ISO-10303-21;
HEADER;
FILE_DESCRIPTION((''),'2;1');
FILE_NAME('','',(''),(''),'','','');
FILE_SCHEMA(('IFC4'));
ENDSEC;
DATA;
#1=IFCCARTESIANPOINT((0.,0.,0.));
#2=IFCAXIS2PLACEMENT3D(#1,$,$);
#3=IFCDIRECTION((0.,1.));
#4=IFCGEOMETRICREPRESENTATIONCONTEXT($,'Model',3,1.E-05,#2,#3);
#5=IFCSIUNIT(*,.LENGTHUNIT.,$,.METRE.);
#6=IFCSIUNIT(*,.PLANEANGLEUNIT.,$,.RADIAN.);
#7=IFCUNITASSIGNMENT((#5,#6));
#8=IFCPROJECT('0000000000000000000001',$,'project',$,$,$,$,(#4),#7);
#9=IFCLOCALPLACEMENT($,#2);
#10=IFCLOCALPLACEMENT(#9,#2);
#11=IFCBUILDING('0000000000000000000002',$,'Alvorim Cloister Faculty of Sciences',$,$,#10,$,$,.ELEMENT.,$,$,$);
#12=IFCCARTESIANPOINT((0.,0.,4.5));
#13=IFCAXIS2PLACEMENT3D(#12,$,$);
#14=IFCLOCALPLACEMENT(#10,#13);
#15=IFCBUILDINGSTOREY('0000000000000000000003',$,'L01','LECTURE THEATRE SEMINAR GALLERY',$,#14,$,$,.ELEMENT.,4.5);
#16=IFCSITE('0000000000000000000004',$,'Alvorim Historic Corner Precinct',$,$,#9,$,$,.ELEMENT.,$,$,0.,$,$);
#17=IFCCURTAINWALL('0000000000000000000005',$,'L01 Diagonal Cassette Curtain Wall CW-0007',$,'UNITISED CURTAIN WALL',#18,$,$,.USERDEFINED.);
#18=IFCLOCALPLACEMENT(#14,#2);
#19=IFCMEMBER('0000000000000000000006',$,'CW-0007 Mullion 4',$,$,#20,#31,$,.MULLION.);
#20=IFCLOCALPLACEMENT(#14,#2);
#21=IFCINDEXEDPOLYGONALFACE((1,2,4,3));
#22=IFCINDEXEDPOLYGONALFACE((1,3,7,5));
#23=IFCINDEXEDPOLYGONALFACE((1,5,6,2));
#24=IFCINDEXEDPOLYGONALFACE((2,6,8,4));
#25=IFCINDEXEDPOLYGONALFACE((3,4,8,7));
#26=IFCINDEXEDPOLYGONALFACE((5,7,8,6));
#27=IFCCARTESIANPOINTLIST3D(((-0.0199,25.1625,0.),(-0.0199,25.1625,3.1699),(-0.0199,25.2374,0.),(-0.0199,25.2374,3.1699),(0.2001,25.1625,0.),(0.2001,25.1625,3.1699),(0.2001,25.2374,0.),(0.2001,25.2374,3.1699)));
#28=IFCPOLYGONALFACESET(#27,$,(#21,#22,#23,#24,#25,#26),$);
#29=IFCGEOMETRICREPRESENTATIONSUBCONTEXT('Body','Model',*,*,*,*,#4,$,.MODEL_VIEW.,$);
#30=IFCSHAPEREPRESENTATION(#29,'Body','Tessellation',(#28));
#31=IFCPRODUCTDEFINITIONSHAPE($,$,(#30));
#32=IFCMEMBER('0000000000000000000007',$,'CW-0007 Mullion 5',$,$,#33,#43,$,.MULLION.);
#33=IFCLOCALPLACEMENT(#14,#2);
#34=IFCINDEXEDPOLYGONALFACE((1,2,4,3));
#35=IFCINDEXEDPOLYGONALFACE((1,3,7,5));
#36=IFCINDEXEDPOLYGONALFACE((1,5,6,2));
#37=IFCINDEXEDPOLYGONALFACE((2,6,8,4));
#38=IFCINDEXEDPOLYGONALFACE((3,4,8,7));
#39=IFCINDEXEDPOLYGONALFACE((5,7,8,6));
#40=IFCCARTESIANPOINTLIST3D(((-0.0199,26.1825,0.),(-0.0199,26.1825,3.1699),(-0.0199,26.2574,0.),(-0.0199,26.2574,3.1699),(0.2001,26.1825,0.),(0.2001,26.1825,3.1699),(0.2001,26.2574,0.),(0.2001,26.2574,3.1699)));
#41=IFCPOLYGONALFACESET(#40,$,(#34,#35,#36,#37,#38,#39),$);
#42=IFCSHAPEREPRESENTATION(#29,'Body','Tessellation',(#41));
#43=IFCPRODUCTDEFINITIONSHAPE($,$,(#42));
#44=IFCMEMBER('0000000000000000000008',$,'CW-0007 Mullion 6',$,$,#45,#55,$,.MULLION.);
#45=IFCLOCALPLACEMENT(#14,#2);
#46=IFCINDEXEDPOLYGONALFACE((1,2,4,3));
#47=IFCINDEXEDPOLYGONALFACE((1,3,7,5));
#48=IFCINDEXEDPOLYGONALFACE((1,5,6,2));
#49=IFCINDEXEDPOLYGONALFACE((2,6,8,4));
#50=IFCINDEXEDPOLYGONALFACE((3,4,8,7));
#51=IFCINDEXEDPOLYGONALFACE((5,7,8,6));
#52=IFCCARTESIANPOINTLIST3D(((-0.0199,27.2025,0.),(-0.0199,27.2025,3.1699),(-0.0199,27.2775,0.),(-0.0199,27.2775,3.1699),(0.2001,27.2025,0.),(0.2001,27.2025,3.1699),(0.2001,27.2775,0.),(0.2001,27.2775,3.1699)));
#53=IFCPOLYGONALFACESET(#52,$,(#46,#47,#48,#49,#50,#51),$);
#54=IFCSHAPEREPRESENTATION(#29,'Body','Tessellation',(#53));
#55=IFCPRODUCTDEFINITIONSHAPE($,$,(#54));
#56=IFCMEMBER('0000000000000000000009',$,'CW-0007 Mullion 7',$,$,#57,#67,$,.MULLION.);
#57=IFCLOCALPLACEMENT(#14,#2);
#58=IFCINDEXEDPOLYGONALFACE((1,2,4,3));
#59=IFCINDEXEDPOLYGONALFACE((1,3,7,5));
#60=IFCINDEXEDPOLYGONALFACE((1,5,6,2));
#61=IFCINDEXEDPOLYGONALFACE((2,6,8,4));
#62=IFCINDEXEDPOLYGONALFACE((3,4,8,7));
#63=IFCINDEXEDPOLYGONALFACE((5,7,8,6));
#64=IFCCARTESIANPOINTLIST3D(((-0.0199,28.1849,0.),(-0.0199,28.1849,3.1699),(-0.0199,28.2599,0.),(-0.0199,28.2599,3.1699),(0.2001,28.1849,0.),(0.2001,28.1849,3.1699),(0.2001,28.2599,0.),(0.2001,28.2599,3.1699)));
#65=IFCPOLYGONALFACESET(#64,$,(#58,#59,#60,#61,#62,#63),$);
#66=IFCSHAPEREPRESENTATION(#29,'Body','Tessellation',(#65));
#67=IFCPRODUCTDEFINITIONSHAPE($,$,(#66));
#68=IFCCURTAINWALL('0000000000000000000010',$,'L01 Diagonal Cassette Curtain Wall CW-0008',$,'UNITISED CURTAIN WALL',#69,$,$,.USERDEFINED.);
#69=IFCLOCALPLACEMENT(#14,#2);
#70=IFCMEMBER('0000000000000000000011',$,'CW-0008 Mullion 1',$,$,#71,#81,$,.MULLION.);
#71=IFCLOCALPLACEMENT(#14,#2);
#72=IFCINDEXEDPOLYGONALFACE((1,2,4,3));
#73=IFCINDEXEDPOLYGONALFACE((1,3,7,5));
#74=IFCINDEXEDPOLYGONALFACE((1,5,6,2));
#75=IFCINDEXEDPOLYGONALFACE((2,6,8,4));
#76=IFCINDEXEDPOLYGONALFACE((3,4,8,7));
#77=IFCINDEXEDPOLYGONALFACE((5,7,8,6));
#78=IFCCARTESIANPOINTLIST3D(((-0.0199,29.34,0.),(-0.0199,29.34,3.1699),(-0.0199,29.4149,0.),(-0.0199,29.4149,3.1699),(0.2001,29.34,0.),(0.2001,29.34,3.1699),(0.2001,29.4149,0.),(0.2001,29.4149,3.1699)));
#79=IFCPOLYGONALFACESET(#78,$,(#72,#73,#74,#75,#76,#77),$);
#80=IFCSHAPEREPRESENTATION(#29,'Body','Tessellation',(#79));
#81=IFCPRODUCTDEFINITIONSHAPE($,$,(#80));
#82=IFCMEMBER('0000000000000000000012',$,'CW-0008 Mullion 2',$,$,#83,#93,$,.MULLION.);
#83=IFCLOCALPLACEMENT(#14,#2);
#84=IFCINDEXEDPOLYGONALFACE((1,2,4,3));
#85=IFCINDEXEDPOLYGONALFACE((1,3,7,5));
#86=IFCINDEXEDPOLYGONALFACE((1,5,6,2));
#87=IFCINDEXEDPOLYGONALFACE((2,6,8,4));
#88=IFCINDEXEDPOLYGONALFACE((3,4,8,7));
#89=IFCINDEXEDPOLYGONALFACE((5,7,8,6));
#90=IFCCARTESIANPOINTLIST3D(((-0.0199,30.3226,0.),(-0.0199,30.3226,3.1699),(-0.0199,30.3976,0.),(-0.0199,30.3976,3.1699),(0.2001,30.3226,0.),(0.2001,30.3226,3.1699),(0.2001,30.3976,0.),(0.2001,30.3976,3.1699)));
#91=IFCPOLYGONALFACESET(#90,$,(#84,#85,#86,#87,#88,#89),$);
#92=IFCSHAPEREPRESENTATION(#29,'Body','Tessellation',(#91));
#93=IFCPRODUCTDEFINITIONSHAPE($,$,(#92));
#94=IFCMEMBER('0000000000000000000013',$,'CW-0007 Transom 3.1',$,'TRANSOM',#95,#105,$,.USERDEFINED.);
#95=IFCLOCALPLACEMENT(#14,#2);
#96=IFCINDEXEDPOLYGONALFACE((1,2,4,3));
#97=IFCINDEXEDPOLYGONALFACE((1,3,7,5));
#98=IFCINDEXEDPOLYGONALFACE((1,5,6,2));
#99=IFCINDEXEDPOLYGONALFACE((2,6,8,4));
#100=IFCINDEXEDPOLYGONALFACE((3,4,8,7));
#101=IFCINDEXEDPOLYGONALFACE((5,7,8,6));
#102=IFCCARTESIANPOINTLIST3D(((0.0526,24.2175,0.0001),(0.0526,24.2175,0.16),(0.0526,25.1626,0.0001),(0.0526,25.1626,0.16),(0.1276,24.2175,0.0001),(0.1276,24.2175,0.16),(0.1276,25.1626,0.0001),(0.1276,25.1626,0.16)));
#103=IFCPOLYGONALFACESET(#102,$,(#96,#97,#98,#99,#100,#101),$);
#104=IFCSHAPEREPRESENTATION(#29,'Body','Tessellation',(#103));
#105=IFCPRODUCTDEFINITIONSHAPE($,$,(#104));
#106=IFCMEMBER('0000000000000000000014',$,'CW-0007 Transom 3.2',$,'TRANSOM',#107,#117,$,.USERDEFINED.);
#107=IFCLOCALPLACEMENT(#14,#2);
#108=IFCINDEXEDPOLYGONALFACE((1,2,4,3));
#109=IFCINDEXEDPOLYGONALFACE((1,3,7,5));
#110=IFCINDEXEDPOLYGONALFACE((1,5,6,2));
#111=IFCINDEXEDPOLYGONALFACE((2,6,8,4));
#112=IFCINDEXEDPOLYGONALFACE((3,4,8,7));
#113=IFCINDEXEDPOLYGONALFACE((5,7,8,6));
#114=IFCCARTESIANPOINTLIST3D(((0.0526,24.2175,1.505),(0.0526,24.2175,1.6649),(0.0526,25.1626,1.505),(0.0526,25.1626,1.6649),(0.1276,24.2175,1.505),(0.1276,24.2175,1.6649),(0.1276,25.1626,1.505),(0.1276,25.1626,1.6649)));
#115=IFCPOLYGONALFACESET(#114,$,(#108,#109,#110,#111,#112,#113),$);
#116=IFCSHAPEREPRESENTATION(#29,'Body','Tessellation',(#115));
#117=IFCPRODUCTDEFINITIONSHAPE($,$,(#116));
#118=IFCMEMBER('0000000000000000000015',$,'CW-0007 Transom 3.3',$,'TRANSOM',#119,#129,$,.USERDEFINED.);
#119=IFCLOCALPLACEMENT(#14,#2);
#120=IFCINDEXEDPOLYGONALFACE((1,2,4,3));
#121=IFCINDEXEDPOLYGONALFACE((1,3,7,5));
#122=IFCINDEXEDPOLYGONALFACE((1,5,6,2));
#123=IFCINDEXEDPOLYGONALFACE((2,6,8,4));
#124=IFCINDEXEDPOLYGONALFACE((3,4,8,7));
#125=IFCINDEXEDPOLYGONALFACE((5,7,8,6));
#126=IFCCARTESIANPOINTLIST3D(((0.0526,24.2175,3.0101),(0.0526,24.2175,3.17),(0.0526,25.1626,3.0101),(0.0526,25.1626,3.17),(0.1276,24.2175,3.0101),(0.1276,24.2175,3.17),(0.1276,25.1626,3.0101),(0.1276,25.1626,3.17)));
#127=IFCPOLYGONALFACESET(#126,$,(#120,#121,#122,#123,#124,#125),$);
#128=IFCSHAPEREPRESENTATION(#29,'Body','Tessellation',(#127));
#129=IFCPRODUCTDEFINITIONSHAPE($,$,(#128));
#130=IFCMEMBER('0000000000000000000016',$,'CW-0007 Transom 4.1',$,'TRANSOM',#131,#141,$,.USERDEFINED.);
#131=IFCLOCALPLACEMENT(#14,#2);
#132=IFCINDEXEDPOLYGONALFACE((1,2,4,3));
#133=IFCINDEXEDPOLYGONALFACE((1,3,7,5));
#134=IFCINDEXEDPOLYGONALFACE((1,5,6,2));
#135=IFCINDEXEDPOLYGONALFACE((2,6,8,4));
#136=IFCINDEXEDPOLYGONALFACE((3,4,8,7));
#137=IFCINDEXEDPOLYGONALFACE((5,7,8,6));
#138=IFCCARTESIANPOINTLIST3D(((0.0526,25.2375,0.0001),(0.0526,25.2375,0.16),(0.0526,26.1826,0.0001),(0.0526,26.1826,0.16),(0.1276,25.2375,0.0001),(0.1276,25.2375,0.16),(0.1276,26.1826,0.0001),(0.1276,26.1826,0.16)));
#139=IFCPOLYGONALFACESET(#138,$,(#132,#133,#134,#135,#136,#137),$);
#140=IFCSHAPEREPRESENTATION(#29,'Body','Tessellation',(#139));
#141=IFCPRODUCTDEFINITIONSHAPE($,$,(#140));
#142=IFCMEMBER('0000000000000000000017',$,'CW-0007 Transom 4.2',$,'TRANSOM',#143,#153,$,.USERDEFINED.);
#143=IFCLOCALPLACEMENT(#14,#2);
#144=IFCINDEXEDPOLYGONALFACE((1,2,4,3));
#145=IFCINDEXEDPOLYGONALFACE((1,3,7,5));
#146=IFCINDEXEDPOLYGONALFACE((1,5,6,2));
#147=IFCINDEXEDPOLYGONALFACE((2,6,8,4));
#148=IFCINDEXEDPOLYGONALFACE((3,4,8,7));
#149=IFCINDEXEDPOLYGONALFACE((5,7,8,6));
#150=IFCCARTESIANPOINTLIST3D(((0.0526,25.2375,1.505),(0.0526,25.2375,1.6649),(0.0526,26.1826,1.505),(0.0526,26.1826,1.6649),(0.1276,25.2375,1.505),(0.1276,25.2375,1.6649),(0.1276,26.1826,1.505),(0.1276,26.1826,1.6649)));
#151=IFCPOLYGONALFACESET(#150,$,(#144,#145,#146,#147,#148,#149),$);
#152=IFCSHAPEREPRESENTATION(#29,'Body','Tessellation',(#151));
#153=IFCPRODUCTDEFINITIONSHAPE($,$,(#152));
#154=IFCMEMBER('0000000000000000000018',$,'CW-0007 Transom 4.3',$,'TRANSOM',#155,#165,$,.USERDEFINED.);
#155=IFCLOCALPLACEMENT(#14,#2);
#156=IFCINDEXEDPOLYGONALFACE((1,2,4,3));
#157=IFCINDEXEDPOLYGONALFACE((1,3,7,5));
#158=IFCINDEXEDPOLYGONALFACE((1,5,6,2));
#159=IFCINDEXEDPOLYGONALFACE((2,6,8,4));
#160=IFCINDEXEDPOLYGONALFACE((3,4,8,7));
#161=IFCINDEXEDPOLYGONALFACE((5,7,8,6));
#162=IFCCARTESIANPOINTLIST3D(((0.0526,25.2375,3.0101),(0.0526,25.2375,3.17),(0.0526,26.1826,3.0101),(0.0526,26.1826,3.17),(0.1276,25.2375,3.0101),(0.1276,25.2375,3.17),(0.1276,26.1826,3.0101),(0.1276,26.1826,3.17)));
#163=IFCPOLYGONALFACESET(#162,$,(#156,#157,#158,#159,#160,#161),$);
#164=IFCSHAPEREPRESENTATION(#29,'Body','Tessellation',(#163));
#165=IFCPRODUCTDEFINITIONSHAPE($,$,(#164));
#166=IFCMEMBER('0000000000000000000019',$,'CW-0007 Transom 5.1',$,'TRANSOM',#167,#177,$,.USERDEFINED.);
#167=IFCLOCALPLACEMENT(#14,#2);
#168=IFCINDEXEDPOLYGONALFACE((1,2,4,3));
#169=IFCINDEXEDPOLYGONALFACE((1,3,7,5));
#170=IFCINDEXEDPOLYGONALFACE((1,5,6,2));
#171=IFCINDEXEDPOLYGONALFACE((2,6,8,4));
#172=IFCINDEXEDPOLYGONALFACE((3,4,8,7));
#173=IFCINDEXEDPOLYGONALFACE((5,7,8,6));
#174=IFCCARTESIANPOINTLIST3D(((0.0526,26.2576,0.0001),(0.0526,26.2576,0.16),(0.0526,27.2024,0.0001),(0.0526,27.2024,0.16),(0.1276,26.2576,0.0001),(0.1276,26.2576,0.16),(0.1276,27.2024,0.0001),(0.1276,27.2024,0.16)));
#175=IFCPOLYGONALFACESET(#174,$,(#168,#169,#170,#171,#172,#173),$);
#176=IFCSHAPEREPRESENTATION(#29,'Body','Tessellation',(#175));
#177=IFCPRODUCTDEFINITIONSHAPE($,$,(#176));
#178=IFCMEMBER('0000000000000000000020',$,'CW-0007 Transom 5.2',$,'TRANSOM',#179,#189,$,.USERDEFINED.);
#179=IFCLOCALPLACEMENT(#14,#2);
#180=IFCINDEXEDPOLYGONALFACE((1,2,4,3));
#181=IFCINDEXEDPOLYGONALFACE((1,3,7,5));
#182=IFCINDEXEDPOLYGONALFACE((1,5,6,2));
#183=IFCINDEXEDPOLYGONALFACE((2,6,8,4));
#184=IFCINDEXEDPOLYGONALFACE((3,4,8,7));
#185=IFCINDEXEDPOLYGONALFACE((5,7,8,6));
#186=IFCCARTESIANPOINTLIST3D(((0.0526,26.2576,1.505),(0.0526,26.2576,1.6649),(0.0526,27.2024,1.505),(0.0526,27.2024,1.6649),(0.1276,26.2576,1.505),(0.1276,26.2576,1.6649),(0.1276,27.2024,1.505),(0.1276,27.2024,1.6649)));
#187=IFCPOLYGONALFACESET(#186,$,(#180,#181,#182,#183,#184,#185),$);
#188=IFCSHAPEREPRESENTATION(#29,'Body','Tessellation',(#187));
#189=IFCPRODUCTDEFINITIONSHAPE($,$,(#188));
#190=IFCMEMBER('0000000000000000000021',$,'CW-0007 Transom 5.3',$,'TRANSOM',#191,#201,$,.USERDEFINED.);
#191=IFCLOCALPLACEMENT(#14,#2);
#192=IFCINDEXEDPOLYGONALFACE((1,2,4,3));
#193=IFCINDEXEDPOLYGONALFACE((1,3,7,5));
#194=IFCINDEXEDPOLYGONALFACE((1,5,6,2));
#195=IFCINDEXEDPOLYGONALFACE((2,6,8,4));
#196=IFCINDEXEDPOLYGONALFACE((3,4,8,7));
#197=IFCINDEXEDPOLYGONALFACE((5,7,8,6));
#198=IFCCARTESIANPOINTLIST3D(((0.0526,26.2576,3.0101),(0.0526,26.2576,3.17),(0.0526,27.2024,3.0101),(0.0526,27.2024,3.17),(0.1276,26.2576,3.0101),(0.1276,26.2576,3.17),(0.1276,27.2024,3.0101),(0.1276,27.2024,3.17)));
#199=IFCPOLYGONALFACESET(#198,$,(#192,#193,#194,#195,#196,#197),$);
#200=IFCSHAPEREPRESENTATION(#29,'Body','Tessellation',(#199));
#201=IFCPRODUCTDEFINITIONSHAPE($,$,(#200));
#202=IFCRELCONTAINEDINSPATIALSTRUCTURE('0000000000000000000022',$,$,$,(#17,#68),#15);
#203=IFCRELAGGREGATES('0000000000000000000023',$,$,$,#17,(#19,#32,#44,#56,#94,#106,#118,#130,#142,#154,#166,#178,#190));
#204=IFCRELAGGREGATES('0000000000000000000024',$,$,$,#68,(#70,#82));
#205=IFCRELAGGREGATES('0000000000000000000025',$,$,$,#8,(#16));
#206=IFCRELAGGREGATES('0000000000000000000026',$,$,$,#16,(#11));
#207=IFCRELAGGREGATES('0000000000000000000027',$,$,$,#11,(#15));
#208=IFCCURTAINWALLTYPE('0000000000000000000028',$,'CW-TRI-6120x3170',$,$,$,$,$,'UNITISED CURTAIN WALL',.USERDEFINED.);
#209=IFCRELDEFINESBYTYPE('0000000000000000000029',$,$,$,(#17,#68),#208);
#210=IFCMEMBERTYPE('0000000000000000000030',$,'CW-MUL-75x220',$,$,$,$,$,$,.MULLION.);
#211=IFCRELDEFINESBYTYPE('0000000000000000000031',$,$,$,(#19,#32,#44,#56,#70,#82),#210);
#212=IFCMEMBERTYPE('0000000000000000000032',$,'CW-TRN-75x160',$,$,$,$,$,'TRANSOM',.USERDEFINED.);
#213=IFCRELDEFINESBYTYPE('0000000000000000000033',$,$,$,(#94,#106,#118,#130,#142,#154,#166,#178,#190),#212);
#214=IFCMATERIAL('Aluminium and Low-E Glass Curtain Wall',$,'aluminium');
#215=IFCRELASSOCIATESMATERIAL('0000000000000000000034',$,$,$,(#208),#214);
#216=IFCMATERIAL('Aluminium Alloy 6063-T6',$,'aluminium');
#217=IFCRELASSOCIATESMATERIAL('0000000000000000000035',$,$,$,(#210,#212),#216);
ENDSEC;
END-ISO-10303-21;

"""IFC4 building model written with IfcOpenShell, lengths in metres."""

from ifc_helpers import new_model, si_unit, direction, frame, origin, origin_2d, place, context, subcontext, project, spatial, rectangle, extrude, material, material_profile, profile_set, type_object, element, aggregate, save


model = new_model("IFC4")

# Units and contexts
model_context = context("Model", 3, precision=1e-05, world=origin(), true_north=direction((0.0, 1.0)))
body_context = subcontext(model_context, "Body", "Model", "MODEL_VIEW")
ifc_project = project(units=[si_unit("LENGTHUNIT", "METRE"), si_unit("PLANEANGLEUNIT", "RADIAN")], contexts=[model_context])

# Site, building, storey
site_placement = place(None, origin())
site = spatial("IfcSite", under=ifc_project, at=site_placement, Name="Alvorim Historic Corner Precinct", CompositionType="ELEMENT", RefElevation=0.0)
building_placement = place(site_placement, origin())
building = spatial("IfcBuilding", under=site, at=building_placement, Name="Alvorim Cloister Faculty of Sciences", CompositionType="ELEMENT")
storey_placement = place(building_placement, frame((0.0, 0.0, 4.5)))
storey = spatial("IfcBuildingStorey", under=building, at=storey_placement, Name="L01", Description="LECTURE THEATRE SEMINAR GALLERY", CompositionType="ELEMENT", Elevation=4.5)

# Curtain walls, members
ifc_material_1 = material(Name="Aluminium and Low-E Glass Curtain Wall", Category="aluminium")
curtain_wall_type = type_object("IfcCurtainWallType", Name="CW-TRI-6120x3170", ElementType="UNITISED CURTAIN WALL", PredefinedType="USERDEFINED", material=ifc_material_1)
curtain_wall_1_placement = place(storey_placement, origin())
curtain_wall_1 = element("IfcCurtainWall", 1, at=curtain_wall_1_placement, inside=storey, type_object=curtain_wall_type, Name="L01 Diagonal Cassette Curtain Wall CW-0007", ObjectType="UNITISED CURTAIN WALL", PredefinedType="USERDEFINED")
ifc_material_2 = material(Name="Aluminium Alloy 6063-T6", Category="aluminium")
ifc_material_profile_1 = material_profile(ifc_material_2, rectangle(XDim=0.075, YDim=0.22, at=origin_2d()), Name="ALU-MUL-75x220")
ifc_profile_set_1 = profile_set([ifc_material_profile_1], Name="Aluminium Alloy 6063-T6")
member_type_1 = type_object("IfcMemberType", Name="CW-MUL-75x220", PredefinedType="MULLION", material=ifc_profile_set_1)
member_1_placement = place(storey_placement, frame((0.0901, 25.2, 0.0), z_axis=(0.0, 0.0, 1.0), x_axis=(0.0, 1.0, 0.0)))
member_1 = element("IfcMember", 2, at=member_1_placement, type_object=member_type_1, Name="CW-0007 Mullion 4", PredefinedType="MULLION", context=body_context, shape_type="SweptSolid", body=[
    extrude(rectangle(XDim=0.075, YDim=0.22, at=origin_2d()), origin(), (0.0, 0.0, 1.0), 3.1699),
])
member_2_placement = place(storey_placement, frame((0.0901, 26.22, 0.0), z_axis=(0.0, 0.0, 1.0), x_axis=(0.0, 1.0, 0.0)))
member_2 = element("IfcMember", 3, at=member_2_placement, type_object=member_type_1, Name="CW-0007 Mullion 5", PredefinedType="MULLION", context=body_context, shape_type="SweptSolid", body=[
    extrude(rectangle(XDim=0.075, YDim=0.22, at=origin_2d()), origin(), (0.0, 0.0, 1.0), 3.1699),
])
member_3_placement = place(storey_placement, frame((0.0901, 27.24, 0.0), z_axis=(0.0, 0.0, 1.0), x_axis=(0.0, 1.0, 0.0)))
member_3 = element("IfcMember", 4, at=member_3_placement, type_object=member_type_1, Name="CW-0007 Mullion 6", PredefinedType="MULLION", context=body_context, shape_type="SweptSolid", body=[
    extrude(rectangle(XDim=0.075, YDim=0.22, at=origin_2d()), origin(), (0.0, 0.0, 1.0), 3.1699),
])
member_4_placement = place(storey_placement, frame((0.0901, 28.2224, 0.0), z_axis=(0.0, 0.0, 1.0), x_axis=(0.0, 1.0, 0.0)))
member_4 = element("IfcMember", 5, at=member_4_placement, type_object=member_type_1, Name="CW-0007 Mullion 7", PredefinedType="MULLION", context=body_context, shape_type="SweptSolid", body=[
    extrude(rectangle(XDim=0.075, YDim=0.22, at=origin_2d()), origin(), (0.0, 0.0, 1.0), 3.1699),
])
curtain_wall_2_placement = place(storey_placement, origin())
curtain_wall_2 = element("IfcCurtainWall", 6, at=curtain_wall_2_placement, inside=storey, type_object=curtain_wall_type, Name="L01 Diagonal Cassette Curtain Wall CW-0008", ObjectType="UNITISED CURTAIN WALL", PredefinedType="USERDEFINED")
member_5_placement = place(storey_placement, frame((0.0901, 29.3774, 0.0), z_axis=(0.0, 0.0, 1.0), x_axis=(0.0, 1.0, 0.0)))
member_5 = element("IfcMember", 7, at=member_5_placement, type_object=member_type_1, Name="CW-0008 Mullion 1", PredefinedType="MULLION", context=body_context, shape_type="SweptSolid", body=[
    extrude(rectangle(XDim=0.075, YDim=0.22, at=origin_2d()), origin(), (0.0, 0.0, 1.0), 3.1699),
])
member_6_placement = place(storey_placement, frame((0.0901, 30.3601, 0.0), z_axis=(0.0, 0.0, 1.0), x_axis=(0.0, 1.0, 0.0)))
member_6 = element("IfcMember", 8, at=member_6_placement, type_object=member_type_1, Name="CW-0008 Mullion 2", PredefinedType="MULLION", context=body_context, shape_type="SweptSolid", body=[
    extrude(rectangle(XDim=0.075, YDim=0.22, at=origin_2d()), origin(), (0.0, 0.0, 1.0), 3.1699),
])

# Members
ifc_material_profile_2 = material_profile(ifc_material_2, rectangle(XDim=0.075, YDim=0.1599, at=origin_2d()), Name="ALU-TRN-75x160")
ifc_profile_set_2 = profile_set([ifc_material_profile_2], Name="Aluminium Alloy 6063-T6")
member_type_2 = type_object("IfcMemberType", Name="CW-TRN-75x160", ElementType="TRANSOM", PredefinedType="USERDEFINED", material=ifc_profile_set_2)
member_7_placement = place(storey_placement, frame((0.0901, 24.2175, 0.0801), z_axis=(0.0, 1.0, 0.0), x_axis=(-1.0, 0.0, 0.0)))
member_7 = element("IfcMember", 9, at=member_7_placement, type_object=member_type_2, Name="CW-0007 Transom 3.1", ObjectType="TRANSOM", PredefinedType="USERDEFINED", context=body_context, shape_type="SweptSolid", body=[
    extrude(rectangle(XDim=0.075, YDim=0.1599, at=origin_2d()), origin(), (0.0, 0.0, 1.0), 0.9451),
])
member_8_placement = place(storey_placement, frame((0.0901, 24.2175, 1.585), z_axis=(0.0, 1.0, 0.0), x_axis=(-1.0, 0.0, 0.0)))
member_8 = element("IfcMember", 10, at=member_8_placement, type_object=member_type_2, Name="CW-0007 Transom 3.2", ObjectType="TRANSOM", PredefinedType="USERDEFINED", context=body_context, shape_type="SweptSolid", body=[
    extrude(rectangle(XDim=0.075, YDim=0.1599, at=origin_2d()), origin(), (0.0, 0.0, 1.0), 0.9451),
])
member_9_placement = place(storey_placement, frame((0.0901, 24.2175, 3.0901), z_axis=(0.0, 1.0, 0.0), x_axis=(-1.0, 0.0, 0.0)))
member_9 = element("IfcMember", 11, at=member_9_placement, type_object=member_type_2, Name="CW-0007 Transom 3.3", ObjectType="TRANSOM", PredefinedType="USERDEFINED", context=body_context, shape_type="SweptSolid", body=[
    extrude(rectangle(XDim=0.075, YDim=0.1599, at=origin_2d()), origin(), (0.0, 0.0, 1.0), 0.9451),
])
member_10_placement = place(storey_placement, frame((0.0901, 25.2375, 0.0801), z_axis=(0.0, 1.0, 0.0), x_axis=(-1.0, 0.0, 0.0)))
member_10 = element("IfcMember", 12, at=member_10_placement, type_object=member_type_2, Name="CW-0007 Transom 4.1", ObjectType="TRANSOM", PredefinedType="USERDEFINED", context=body_context, shape_type="SweptSolid", body=[
    extrude(rectangle(XDim=0.075, YDim=0.1599, at=origin_2d()), origin(), (0.0, 0.0, 1.0), 0.9451),
])
member_11_placement = place(storey_placement, frame((0.0901, 25.2375, 1.585), z_axis=(0.0, 1.0, 0.0), x_axis=(-1.0, 0.0, 0.0)))
member_11 = element("IfcMember", 13, at=member_11_placement, type_object=member_type_2, Name="CW-0007 Transom 4.2", ObjectType="TRANSOM", PredefinedType="USERDEFINED", context=body_context, shape_type="SweptSolid", body=[
    extrude(rectangle(XDim=0.075, YDim=0.1599, at=origin_2d()), origin(), (0.0, 0.0, 1.0), 0.9451),
])
member_12_placement = place(storey_placement, frame((0.0901, 25.2375, 3.0901), z_axis=(0.0, 1.0, 0.0), x_axis=(-1.0, 0.0, 0.0)))
member_12 = element("IfcMember", 14, at=member_12_placement, type_object=member_type_2, Name="CW-0007 Transom 4.3", ObjectType="TRANSOM", PredefinedType="USERDEFINED", context=body_context, shape_type="SweptSolid", body=[
    extrude(rectangle(XDim=0.075, YDim=0.1599, at=origin_2d()), origin(), (0.0, 0.0, 1.0), 0.9451),
])
member_13_placement = place(storey_placement, frame((0.0901, 26.2576, 0.0801), z_axis=(0.0, 1.0, 0.0), x_axis=(-1.0, 0.0, 0.0)))
member_13 = element("IfcMember", 15, at=member_13_placement, type_object=member_type_2, Name="CW-0007 Transom 5.1", ObjectType="TRANSOM", PredefinedType="USERDEFINED", context=body_context, shape_type="SweptSolid", body=[
    extrude(rectangle(XDim=0.075, YDim=0.1599, at=origin_2d()), origin(), (0.0, 0.0, 1.0), 0.9448),
])
member_14_placement = place(storey_placement, frame((0.0901, 26.2576, 1.585), z_axis=(0.0, 1.0, 0.0), x_axis=(-1.0, 0.0, 0.0)))
member_14 = element("IfcMember", 16, at=member_14_placement, type_object=member_type_2, Name="CW-0007 Transom 5.2", ObjectType="TRANSOM", PredefinedType="USERDEFINED", context=body_context, shape_type="SweptSolid", body=[
    extrude(rectangle(XDim=0.075, YDim=0.1599, at=origin_2d()), origin(), (0.0, 0.0, 1.0), 0.9448),
])
member_15_placement = place(storey_placement, frame((0.0901, 26.2576, 3.0901), z_axis=(0.0, 1.0, 0.0), x_axis=(-1.0, 0.0, 0.0)))
member_15 = element("IfcMember", 17, at=member_15_placement, type_object=member_type_2, Name="CW-0007 Transom 5.3", ObjectType="TRANSOM", PredefinedType="USERDEFINED", context=body_context, shape_type="SweptSolid", body=[
    extrude(rectangle(XDim=0.075, YDim=0.1599, at=origin_2d()), origin(), (0.0, 0.0, 1.0), 0.9448),
])
aggregate(curtain_wall_1, [member_1, member_2, member_3, member_4, member_7, member_8, member_9, member_10, member_11, member_12, member_13, member_14, member_15])
aggregate(curtain_wall_2, [member_5, member_6])

save(model, "model.ifc")
